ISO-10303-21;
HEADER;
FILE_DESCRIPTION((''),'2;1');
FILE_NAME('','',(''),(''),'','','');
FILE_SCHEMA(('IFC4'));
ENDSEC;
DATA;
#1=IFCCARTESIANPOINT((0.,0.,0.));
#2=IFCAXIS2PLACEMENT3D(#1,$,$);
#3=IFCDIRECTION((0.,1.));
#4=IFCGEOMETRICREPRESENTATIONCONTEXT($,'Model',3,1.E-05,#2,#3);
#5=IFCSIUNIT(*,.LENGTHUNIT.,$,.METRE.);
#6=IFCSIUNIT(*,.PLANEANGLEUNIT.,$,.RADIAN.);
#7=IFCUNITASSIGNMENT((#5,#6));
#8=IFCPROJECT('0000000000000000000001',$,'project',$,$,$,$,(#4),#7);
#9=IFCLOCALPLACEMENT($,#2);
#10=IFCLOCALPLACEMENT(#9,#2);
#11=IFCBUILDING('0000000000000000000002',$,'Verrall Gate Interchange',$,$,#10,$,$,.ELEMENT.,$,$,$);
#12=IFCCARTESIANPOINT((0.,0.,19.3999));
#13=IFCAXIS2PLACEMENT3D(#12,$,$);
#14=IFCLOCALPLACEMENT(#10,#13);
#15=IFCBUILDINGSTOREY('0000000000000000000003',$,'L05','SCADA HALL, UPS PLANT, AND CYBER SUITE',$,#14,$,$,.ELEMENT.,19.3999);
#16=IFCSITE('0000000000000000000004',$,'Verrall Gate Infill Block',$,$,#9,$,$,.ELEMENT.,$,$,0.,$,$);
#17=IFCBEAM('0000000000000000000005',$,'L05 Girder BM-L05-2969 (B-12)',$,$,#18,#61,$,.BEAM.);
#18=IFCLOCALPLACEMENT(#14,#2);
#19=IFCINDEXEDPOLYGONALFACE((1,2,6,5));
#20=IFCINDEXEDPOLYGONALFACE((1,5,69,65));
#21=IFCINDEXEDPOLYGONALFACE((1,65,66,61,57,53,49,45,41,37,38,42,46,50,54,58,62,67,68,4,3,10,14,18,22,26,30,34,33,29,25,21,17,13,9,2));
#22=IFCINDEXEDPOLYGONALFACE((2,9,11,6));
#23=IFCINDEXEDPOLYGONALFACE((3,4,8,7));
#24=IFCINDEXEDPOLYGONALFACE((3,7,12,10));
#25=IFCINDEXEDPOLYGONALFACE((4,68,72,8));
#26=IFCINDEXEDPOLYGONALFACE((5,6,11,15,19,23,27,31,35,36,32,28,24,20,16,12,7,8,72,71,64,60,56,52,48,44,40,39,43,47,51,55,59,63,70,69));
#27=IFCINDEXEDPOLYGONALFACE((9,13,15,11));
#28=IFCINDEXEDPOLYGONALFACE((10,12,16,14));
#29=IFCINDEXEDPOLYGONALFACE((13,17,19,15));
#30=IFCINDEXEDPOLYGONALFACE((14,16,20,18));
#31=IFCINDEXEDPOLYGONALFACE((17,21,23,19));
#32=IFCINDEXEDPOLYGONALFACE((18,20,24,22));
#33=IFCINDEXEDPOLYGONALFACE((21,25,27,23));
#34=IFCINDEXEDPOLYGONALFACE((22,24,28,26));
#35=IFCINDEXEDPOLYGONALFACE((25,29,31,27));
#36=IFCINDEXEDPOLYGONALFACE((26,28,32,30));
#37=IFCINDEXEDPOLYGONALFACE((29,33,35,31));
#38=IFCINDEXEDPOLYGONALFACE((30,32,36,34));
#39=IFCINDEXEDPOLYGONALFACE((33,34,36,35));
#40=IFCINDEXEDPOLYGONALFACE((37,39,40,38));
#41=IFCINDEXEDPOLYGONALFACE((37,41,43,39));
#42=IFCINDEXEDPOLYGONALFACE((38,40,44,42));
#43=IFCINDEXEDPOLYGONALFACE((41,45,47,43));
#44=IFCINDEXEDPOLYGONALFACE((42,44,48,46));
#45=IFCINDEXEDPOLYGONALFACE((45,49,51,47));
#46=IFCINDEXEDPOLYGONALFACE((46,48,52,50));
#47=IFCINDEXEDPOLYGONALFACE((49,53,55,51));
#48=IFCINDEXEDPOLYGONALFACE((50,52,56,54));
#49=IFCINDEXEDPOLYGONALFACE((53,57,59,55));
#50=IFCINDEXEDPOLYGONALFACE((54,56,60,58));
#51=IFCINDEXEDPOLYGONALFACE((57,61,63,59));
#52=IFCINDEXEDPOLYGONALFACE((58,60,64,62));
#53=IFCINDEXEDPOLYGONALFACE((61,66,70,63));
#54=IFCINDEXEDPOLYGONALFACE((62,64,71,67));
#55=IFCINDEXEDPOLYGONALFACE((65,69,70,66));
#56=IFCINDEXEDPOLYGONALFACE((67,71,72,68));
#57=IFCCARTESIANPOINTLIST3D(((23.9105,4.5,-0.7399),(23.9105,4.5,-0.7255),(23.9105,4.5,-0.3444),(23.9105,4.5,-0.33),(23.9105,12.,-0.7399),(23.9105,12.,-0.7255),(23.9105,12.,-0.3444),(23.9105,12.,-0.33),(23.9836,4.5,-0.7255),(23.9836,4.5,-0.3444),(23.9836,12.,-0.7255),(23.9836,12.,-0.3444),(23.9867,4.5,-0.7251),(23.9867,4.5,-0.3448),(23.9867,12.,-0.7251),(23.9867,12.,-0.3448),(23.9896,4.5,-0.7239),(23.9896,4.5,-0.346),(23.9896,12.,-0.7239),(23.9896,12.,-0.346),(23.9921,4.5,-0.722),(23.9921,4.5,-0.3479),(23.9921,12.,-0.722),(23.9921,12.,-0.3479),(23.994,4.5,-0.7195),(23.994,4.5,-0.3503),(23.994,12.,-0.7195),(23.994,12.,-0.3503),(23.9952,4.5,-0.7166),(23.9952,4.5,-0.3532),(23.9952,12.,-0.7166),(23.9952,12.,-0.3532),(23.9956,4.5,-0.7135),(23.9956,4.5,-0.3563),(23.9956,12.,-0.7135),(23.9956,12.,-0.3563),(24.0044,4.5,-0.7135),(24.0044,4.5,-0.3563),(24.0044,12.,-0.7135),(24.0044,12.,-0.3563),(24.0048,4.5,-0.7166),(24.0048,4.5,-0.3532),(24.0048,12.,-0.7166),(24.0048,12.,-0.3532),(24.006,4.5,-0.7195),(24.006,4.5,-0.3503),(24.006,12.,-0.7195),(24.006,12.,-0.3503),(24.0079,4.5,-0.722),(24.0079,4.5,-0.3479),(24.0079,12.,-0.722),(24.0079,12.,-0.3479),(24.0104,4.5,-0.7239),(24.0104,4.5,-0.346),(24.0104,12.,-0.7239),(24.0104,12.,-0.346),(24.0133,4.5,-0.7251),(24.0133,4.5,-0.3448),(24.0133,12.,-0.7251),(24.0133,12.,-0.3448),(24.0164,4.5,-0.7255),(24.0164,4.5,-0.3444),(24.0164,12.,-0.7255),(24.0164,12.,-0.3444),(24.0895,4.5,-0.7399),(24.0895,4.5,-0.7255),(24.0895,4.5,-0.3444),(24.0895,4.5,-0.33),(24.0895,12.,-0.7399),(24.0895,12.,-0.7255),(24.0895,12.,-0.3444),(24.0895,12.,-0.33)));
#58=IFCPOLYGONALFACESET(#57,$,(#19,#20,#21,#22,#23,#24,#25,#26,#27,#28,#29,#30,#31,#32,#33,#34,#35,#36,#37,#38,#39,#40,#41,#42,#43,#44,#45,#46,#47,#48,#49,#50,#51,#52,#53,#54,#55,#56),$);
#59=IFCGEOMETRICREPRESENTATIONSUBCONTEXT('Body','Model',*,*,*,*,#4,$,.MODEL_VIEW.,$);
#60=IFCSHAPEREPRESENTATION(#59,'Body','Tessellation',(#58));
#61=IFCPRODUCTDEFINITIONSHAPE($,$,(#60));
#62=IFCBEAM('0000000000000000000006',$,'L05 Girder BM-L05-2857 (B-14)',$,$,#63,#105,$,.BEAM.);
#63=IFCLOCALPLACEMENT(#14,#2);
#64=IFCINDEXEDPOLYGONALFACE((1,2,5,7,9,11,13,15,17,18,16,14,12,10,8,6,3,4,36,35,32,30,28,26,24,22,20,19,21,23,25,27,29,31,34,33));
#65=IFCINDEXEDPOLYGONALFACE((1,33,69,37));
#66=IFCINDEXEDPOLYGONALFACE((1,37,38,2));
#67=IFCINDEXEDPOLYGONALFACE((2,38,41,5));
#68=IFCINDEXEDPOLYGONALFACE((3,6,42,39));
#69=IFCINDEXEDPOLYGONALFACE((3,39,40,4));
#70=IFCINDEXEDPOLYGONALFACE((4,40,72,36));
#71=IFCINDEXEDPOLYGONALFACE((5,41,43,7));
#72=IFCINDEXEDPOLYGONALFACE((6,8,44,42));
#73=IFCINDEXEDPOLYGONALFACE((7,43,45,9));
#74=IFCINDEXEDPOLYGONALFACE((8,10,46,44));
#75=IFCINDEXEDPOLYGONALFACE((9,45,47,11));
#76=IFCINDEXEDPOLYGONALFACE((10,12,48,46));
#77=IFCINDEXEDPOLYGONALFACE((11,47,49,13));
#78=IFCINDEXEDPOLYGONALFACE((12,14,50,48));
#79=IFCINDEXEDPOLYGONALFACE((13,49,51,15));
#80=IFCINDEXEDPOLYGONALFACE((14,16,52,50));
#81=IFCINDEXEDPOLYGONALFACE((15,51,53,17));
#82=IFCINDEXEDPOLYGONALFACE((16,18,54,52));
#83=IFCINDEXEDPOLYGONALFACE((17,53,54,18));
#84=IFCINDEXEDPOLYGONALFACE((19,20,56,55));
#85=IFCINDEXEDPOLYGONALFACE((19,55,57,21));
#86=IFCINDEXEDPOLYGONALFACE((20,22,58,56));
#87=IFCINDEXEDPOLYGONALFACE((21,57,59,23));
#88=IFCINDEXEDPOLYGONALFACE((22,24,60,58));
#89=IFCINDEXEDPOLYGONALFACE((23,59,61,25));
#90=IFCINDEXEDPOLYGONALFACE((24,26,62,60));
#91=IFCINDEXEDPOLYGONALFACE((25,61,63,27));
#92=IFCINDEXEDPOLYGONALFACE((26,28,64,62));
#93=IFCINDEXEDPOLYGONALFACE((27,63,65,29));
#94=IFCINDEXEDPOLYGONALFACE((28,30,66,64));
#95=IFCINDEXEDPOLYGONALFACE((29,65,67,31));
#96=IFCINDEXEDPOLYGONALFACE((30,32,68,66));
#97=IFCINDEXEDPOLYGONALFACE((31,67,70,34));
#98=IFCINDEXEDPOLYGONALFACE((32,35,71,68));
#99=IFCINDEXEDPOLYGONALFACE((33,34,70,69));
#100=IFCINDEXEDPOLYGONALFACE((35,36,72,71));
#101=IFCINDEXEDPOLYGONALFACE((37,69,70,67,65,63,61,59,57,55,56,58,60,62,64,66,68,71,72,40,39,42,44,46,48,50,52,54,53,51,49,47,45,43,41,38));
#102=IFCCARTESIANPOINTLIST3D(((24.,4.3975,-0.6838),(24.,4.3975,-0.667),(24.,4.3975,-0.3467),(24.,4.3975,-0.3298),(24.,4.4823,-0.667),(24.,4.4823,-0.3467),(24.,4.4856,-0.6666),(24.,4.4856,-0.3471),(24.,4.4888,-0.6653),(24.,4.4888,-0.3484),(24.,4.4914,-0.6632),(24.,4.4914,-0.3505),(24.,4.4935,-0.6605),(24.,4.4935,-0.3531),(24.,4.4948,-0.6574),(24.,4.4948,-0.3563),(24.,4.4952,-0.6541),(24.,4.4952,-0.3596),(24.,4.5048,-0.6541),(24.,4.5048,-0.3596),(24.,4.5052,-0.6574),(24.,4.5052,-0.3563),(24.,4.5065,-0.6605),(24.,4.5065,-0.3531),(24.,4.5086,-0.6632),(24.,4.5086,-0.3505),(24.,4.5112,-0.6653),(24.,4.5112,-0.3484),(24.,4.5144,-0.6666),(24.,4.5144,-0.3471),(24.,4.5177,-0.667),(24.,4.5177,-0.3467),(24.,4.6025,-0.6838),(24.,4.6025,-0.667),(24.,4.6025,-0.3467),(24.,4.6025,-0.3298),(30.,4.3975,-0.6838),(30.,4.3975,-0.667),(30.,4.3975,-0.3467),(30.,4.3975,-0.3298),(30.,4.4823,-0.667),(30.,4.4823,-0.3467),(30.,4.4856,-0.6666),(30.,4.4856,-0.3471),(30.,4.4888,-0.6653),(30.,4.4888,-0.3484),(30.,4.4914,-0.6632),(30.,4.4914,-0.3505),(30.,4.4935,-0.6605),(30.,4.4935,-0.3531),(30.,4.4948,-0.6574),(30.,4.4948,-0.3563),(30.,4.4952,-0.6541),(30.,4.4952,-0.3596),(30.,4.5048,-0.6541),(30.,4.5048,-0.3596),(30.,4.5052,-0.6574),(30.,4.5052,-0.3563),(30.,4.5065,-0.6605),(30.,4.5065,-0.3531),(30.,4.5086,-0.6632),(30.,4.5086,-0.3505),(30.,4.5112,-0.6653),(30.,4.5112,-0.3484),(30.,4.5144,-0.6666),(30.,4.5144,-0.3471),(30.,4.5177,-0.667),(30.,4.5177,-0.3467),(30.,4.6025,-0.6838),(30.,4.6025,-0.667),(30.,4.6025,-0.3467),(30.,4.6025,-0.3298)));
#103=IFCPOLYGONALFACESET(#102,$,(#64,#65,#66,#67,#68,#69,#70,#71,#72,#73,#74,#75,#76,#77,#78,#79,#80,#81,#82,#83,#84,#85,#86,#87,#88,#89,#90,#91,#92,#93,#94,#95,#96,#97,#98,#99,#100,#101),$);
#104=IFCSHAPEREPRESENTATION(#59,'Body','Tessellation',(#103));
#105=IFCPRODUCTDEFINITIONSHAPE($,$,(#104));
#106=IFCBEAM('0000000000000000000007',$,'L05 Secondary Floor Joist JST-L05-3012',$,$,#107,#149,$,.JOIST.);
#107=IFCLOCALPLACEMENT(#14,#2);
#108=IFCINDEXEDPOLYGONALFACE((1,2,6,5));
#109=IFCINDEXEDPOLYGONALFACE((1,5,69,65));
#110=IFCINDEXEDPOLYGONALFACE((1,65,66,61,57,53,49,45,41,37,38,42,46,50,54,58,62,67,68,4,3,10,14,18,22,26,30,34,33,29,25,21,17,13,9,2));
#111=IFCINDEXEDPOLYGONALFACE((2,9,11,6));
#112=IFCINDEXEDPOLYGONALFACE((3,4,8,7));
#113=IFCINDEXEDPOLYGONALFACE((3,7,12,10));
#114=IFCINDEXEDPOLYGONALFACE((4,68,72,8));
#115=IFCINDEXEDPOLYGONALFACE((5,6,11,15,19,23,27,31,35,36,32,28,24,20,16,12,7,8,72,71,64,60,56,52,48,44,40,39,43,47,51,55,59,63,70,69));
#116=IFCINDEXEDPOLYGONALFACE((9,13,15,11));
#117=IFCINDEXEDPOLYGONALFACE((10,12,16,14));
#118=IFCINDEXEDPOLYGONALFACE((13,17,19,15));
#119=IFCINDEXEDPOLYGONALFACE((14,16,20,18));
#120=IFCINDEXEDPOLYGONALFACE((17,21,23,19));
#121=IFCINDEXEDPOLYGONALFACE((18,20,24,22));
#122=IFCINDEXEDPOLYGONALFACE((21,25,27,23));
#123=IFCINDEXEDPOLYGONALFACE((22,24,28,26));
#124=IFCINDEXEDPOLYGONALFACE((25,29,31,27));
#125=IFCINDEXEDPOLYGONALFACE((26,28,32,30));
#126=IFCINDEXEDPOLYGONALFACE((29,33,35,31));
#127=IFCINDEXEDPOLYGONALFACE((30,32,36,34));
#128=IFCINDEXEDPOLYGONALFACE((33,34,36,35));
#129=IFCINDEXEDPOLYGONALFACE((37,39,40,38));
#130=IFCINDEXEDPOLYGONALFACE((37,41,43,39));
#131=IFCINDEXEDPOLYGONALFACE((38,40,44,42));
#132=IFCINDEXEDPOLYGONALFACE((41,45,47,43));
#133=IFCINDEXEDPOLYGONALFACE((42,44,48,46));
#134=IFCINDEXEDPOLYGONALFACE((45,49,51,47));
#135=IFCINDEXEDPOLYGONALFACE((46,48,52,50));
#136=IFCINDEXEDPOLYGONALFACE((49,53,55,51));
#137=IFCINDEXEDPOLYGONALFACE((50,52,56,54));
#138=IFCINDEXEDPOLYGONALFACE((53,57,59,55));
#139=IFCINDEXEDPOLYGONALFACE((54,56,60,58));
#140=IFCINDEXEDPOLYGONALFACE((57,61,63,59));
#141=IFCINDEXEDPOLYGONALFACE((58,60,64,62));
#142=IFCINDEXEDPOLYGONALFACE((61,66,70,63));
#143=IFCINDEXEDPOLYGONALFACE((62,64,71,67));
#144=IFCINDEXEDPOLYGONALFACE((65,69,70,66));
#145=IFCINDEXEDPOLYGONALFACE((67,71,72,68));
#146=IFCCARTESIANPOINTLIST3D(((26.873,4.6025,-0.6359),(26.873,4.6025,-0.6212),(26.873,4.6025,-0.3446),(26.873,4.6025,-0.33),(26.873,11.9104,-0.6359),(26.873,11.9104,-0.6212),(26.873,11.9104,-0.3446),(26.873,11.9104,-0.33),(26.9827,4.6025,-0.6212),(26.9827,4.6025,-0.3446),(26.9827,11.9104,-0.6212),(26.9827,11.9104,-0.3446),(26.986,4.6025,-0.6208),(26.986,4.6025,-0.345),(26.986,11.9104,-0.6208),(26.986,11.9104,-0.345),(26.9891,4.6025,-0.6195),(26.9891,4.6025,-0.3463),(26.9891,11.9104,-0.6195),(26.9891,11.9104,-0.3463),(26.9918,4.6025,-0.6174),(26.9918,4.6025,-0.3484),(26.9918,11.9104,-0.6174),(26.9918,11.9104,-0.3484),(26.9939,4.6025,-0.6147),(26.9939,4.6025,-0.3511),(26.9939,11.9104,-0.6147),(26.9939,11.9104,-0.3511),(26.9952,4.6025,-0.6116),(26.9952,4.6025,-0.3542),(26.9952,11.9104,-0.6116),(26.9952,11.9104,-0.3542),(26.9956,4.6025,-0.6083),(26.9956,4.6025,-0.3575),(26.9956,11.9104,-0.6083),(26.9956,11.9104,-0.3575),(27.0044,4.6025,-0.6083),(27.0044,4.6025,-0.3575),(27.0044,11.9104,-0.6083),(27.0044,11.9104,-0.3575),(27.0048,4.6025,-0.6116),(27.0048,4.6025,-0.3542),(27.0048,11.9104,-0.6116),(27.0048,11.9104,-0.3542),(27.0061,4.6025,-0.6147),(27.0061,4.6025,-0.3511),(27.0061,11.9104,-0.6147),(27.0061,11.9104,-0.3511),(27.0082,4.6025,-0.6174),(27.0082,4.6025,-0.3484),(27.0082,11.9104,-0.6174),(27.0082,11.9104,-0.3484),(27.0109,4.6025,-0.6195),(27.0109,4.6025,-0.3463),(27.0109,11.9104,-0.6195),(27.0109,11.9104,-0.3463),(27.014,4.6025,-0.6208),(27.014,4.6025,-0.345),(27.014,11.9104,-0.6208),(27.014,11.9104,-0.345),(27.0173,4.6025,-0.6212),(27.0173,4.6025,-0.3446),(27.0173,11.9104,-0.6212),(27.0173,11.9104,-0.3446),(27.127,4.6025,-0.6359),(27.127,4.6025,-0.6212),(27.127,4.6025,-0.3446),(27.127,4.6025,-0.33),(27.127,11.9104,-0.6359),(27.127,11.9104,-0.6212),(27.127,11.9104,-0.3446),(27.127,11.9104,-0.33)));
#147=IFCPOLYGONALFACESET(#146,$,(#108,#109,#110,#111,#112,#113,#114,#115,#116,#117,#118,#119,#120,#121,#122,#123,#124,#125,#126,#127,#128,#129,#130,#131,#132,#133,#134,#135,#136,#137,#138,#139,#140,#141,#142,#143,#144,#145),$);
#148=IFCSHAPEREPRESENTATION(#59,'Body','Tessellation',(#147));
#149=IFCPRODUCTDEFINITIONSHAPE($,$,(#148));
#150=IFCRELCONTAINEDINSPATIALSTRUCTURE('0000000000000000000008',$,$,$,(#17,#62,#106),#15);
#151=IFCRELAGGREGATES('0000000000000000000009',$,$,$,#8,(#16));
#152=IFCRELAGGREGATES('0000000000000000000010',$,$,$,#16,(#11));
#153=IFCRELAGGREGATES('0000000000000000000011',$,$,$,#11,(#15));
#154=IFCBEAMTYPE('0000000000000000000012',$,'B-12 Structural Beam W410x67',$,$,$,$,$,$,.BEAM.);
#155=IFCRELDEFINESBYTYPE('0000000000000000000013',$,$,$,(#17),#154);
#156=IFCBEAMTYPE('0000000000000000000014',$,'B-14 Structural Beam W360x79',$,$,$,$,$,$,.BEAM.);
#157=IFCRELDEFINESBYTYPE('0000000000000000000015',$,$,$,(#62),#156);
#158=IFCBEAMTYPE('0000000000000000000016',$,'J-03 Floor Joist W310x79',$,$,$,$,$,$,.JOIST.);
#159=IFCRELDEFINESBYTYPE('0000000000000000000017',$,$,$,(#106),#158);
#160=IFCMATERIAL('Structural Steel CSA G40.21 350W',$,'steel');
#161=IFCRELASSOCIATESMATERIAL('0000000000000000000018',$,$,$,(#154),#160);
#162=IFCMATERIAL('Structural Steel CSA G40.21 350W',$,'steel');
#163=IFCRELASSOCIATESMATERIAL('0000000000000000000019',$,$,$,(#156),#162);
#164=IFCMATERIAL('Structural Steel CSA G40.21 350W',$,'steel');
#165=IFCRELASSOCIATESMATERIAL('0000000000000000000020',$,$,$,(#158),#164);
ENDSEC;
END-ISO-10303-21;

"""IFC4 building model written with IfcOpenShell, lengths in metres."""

from ifc_helpers import new_model, si_unit, direction, frame, origin, origin_2d, place, context, subcontext, project, spatial, i_section, extrude, material, material_profile, profile_set, type_object, element, save


model = new_model("IFC4")

# Units and contexts
model_context = context("Model", 3, precision=1e-05, world=origin(), true_north=direction((0.0, 1.0)))
body_context = subcontext(model_context, "Body", "Model", "MODEL_VIEW")
ifc_project = project(units=[si_unit("LENGTHUNIT", "METRE"), si_unit("PLANEANGLEUNIT", "RADIAN")], contexts=[model_context])

# Site, building, storey
site_placement = place(None, origin())
site = spatial("IfcSite", under=ifc_project, at=site_placement, Name="Verrall Gate Infill Block", CompositionType="ELEMENT", RefElevation=0.0)
building_placement = place(site_placement, origin())
building = spatial("IfcBuilding", under=site, at=building_placement, Name="Verrall Gate Interchange", CompositionType="ELEMENT")
storey_placement = place(building_placement, frame((0.0, 0.0, 19.3999)))
storey = spatial("IfcBuildingStorey", under=building, at=storey_placement, Name="L05", Description="SCADA HALL, UPS PLANT, AND CYBER SUITE", CompositionType="ELEMENT", Elevation=19.3999)

# Beams
ifc_material_1 = material(Name="Structural Steel CSA G40.21 350W", Category="steel")
ifc_material_profile_1 = material_profile(ifc_material_1, i_section(OverallWidth=0.179, OverallDepth=0.4099, WebThickness=0.0088, FlangeThickness=0.0144, FilletRadius=0.012, at=origin_2d()), Name="W410x67")
ifc_profile_set_1 = profile_set([ifc_material_profile_1], Name="Structural Steel CSA G40.21 350W")
beam_type_1 = type_object("IfcBeamType", Name="B-12 Structural Beam W410x67", PredefinedType="BEAM", material=ifc_profile_set_1)
beam_1_placement = place(storey_placement, frame((24.0, 4.5, -0.5349), z_axis=(0.0, 1.0, 0.0), x_axis=(-1.0, 0.0, 0.0)))
element("IfcBeam", 1, at=beam_1_placement, inside=storey, type_object=beam_type_1, Name="L05 Girder BM-L05-2969 (B-12)", PredefinedType="BEAM", context=body_context, shape_type="SweptSolid", body=[
    extrude(i_section(OverallWidth=0.179, OverallDepth=0.4099, WebThickness=0.0088, FlangeThickness=0.0144, FilletRadius=0.012, at=origin_2d()), origin(), (0.0, 0.0, 1.0), 7.5),
])
ifc_material_2 = material(Name="Structural Steel CSA G40.21 350W", Category="steel")
ifc_material_profile_2 = material_profile(ifc_material_2, i_section(OverallWidth=0.2051, OverallDepth=0.354, WebThickness=0.0095, FlangeThickness=0.0168, FilletRadius=0.0129, at=origin_2d()), Name="W360x79")
ifc_profile_set_2 = profile_set([ifc_material_profile_2], Name="Structural Steel CSA G40.21 350W")
beam_type_2 = type_object("IfcBeamType", Name="B-14 Structural Beam W360x79", PredefinedType="BEAM", material=ifc_profile_set_2)
beam_2_placement = place(storey_placement, frame((24.0, 4.5, -0.5068), z_axis=(1.0, 0.0, 0.0), x_axis=(0.0, 1.0, 0.0)))
element("IfcBeam", 2, at=beam_2_placement, inside=storey, type_object=beam_type_2, Name="L05 Girder BM-L05-2857 (B-14)", PredefinedType="BEAM", context=body_context, shape_type="SweptSolid", body=[
    extrude(i_section(OverallWidth=0.2051, OverallDepth=0.354, WebThickness=0.0095, FlangeThickness=0.0168, FilletRadius=0.0129, at=origin_2d()), origin(), (0.0, 0.0, 1.0), 6.0),
])
ifc_material_3 = material(Name="Structural Steel CSA G40.21 350W", Category="steel")
ifc_material_profile_3 = material_profile(ifc_material_3, i_section(OverallWidth=0.2539, OverallDepth=0.3059, WebThickness=0.0088, FlangeThickness=0.0146, FilletRadius=0.0129, at=origin_2d()), Name="W310x79")
ifc_profile_set_3 = profile_set([ifc_material_profile_3], Name="Structural Steel CSA G40.21 350W")
beam_type_3 = type_object("IfcBeamType", Name="J-03 Floor Joist W310x79", PredefinedType="JOIST", material=ifc_profile_set_3)
beam_3_placement = place(storey_placement, frame((27.0, 4.6025, -0.4829), z_axis=(0.0, 1.0, 0.0), x_axis=(-1.0, 0.0, 0.0)))
element("IfcBeam", 3, at=beam_3_placement, inside=storey, type_object=beam_type_3, Name="L05 Secondary Floor Joist JST-L05-3012", PredefinedType="JOIST", context=body_context, shape_type="SweptSolid", body=[
    extrude(i_section(OverallWidth=0.2539, OverallDepth=0.3059, WebThickness=0.0088, FlangeThickness=0.0146, FilletRadius=0.0129, at=origin_2d()), origin(), (0.0, 0.0, 1.0), 7.3079),
])

save(model, "model.ifc")
